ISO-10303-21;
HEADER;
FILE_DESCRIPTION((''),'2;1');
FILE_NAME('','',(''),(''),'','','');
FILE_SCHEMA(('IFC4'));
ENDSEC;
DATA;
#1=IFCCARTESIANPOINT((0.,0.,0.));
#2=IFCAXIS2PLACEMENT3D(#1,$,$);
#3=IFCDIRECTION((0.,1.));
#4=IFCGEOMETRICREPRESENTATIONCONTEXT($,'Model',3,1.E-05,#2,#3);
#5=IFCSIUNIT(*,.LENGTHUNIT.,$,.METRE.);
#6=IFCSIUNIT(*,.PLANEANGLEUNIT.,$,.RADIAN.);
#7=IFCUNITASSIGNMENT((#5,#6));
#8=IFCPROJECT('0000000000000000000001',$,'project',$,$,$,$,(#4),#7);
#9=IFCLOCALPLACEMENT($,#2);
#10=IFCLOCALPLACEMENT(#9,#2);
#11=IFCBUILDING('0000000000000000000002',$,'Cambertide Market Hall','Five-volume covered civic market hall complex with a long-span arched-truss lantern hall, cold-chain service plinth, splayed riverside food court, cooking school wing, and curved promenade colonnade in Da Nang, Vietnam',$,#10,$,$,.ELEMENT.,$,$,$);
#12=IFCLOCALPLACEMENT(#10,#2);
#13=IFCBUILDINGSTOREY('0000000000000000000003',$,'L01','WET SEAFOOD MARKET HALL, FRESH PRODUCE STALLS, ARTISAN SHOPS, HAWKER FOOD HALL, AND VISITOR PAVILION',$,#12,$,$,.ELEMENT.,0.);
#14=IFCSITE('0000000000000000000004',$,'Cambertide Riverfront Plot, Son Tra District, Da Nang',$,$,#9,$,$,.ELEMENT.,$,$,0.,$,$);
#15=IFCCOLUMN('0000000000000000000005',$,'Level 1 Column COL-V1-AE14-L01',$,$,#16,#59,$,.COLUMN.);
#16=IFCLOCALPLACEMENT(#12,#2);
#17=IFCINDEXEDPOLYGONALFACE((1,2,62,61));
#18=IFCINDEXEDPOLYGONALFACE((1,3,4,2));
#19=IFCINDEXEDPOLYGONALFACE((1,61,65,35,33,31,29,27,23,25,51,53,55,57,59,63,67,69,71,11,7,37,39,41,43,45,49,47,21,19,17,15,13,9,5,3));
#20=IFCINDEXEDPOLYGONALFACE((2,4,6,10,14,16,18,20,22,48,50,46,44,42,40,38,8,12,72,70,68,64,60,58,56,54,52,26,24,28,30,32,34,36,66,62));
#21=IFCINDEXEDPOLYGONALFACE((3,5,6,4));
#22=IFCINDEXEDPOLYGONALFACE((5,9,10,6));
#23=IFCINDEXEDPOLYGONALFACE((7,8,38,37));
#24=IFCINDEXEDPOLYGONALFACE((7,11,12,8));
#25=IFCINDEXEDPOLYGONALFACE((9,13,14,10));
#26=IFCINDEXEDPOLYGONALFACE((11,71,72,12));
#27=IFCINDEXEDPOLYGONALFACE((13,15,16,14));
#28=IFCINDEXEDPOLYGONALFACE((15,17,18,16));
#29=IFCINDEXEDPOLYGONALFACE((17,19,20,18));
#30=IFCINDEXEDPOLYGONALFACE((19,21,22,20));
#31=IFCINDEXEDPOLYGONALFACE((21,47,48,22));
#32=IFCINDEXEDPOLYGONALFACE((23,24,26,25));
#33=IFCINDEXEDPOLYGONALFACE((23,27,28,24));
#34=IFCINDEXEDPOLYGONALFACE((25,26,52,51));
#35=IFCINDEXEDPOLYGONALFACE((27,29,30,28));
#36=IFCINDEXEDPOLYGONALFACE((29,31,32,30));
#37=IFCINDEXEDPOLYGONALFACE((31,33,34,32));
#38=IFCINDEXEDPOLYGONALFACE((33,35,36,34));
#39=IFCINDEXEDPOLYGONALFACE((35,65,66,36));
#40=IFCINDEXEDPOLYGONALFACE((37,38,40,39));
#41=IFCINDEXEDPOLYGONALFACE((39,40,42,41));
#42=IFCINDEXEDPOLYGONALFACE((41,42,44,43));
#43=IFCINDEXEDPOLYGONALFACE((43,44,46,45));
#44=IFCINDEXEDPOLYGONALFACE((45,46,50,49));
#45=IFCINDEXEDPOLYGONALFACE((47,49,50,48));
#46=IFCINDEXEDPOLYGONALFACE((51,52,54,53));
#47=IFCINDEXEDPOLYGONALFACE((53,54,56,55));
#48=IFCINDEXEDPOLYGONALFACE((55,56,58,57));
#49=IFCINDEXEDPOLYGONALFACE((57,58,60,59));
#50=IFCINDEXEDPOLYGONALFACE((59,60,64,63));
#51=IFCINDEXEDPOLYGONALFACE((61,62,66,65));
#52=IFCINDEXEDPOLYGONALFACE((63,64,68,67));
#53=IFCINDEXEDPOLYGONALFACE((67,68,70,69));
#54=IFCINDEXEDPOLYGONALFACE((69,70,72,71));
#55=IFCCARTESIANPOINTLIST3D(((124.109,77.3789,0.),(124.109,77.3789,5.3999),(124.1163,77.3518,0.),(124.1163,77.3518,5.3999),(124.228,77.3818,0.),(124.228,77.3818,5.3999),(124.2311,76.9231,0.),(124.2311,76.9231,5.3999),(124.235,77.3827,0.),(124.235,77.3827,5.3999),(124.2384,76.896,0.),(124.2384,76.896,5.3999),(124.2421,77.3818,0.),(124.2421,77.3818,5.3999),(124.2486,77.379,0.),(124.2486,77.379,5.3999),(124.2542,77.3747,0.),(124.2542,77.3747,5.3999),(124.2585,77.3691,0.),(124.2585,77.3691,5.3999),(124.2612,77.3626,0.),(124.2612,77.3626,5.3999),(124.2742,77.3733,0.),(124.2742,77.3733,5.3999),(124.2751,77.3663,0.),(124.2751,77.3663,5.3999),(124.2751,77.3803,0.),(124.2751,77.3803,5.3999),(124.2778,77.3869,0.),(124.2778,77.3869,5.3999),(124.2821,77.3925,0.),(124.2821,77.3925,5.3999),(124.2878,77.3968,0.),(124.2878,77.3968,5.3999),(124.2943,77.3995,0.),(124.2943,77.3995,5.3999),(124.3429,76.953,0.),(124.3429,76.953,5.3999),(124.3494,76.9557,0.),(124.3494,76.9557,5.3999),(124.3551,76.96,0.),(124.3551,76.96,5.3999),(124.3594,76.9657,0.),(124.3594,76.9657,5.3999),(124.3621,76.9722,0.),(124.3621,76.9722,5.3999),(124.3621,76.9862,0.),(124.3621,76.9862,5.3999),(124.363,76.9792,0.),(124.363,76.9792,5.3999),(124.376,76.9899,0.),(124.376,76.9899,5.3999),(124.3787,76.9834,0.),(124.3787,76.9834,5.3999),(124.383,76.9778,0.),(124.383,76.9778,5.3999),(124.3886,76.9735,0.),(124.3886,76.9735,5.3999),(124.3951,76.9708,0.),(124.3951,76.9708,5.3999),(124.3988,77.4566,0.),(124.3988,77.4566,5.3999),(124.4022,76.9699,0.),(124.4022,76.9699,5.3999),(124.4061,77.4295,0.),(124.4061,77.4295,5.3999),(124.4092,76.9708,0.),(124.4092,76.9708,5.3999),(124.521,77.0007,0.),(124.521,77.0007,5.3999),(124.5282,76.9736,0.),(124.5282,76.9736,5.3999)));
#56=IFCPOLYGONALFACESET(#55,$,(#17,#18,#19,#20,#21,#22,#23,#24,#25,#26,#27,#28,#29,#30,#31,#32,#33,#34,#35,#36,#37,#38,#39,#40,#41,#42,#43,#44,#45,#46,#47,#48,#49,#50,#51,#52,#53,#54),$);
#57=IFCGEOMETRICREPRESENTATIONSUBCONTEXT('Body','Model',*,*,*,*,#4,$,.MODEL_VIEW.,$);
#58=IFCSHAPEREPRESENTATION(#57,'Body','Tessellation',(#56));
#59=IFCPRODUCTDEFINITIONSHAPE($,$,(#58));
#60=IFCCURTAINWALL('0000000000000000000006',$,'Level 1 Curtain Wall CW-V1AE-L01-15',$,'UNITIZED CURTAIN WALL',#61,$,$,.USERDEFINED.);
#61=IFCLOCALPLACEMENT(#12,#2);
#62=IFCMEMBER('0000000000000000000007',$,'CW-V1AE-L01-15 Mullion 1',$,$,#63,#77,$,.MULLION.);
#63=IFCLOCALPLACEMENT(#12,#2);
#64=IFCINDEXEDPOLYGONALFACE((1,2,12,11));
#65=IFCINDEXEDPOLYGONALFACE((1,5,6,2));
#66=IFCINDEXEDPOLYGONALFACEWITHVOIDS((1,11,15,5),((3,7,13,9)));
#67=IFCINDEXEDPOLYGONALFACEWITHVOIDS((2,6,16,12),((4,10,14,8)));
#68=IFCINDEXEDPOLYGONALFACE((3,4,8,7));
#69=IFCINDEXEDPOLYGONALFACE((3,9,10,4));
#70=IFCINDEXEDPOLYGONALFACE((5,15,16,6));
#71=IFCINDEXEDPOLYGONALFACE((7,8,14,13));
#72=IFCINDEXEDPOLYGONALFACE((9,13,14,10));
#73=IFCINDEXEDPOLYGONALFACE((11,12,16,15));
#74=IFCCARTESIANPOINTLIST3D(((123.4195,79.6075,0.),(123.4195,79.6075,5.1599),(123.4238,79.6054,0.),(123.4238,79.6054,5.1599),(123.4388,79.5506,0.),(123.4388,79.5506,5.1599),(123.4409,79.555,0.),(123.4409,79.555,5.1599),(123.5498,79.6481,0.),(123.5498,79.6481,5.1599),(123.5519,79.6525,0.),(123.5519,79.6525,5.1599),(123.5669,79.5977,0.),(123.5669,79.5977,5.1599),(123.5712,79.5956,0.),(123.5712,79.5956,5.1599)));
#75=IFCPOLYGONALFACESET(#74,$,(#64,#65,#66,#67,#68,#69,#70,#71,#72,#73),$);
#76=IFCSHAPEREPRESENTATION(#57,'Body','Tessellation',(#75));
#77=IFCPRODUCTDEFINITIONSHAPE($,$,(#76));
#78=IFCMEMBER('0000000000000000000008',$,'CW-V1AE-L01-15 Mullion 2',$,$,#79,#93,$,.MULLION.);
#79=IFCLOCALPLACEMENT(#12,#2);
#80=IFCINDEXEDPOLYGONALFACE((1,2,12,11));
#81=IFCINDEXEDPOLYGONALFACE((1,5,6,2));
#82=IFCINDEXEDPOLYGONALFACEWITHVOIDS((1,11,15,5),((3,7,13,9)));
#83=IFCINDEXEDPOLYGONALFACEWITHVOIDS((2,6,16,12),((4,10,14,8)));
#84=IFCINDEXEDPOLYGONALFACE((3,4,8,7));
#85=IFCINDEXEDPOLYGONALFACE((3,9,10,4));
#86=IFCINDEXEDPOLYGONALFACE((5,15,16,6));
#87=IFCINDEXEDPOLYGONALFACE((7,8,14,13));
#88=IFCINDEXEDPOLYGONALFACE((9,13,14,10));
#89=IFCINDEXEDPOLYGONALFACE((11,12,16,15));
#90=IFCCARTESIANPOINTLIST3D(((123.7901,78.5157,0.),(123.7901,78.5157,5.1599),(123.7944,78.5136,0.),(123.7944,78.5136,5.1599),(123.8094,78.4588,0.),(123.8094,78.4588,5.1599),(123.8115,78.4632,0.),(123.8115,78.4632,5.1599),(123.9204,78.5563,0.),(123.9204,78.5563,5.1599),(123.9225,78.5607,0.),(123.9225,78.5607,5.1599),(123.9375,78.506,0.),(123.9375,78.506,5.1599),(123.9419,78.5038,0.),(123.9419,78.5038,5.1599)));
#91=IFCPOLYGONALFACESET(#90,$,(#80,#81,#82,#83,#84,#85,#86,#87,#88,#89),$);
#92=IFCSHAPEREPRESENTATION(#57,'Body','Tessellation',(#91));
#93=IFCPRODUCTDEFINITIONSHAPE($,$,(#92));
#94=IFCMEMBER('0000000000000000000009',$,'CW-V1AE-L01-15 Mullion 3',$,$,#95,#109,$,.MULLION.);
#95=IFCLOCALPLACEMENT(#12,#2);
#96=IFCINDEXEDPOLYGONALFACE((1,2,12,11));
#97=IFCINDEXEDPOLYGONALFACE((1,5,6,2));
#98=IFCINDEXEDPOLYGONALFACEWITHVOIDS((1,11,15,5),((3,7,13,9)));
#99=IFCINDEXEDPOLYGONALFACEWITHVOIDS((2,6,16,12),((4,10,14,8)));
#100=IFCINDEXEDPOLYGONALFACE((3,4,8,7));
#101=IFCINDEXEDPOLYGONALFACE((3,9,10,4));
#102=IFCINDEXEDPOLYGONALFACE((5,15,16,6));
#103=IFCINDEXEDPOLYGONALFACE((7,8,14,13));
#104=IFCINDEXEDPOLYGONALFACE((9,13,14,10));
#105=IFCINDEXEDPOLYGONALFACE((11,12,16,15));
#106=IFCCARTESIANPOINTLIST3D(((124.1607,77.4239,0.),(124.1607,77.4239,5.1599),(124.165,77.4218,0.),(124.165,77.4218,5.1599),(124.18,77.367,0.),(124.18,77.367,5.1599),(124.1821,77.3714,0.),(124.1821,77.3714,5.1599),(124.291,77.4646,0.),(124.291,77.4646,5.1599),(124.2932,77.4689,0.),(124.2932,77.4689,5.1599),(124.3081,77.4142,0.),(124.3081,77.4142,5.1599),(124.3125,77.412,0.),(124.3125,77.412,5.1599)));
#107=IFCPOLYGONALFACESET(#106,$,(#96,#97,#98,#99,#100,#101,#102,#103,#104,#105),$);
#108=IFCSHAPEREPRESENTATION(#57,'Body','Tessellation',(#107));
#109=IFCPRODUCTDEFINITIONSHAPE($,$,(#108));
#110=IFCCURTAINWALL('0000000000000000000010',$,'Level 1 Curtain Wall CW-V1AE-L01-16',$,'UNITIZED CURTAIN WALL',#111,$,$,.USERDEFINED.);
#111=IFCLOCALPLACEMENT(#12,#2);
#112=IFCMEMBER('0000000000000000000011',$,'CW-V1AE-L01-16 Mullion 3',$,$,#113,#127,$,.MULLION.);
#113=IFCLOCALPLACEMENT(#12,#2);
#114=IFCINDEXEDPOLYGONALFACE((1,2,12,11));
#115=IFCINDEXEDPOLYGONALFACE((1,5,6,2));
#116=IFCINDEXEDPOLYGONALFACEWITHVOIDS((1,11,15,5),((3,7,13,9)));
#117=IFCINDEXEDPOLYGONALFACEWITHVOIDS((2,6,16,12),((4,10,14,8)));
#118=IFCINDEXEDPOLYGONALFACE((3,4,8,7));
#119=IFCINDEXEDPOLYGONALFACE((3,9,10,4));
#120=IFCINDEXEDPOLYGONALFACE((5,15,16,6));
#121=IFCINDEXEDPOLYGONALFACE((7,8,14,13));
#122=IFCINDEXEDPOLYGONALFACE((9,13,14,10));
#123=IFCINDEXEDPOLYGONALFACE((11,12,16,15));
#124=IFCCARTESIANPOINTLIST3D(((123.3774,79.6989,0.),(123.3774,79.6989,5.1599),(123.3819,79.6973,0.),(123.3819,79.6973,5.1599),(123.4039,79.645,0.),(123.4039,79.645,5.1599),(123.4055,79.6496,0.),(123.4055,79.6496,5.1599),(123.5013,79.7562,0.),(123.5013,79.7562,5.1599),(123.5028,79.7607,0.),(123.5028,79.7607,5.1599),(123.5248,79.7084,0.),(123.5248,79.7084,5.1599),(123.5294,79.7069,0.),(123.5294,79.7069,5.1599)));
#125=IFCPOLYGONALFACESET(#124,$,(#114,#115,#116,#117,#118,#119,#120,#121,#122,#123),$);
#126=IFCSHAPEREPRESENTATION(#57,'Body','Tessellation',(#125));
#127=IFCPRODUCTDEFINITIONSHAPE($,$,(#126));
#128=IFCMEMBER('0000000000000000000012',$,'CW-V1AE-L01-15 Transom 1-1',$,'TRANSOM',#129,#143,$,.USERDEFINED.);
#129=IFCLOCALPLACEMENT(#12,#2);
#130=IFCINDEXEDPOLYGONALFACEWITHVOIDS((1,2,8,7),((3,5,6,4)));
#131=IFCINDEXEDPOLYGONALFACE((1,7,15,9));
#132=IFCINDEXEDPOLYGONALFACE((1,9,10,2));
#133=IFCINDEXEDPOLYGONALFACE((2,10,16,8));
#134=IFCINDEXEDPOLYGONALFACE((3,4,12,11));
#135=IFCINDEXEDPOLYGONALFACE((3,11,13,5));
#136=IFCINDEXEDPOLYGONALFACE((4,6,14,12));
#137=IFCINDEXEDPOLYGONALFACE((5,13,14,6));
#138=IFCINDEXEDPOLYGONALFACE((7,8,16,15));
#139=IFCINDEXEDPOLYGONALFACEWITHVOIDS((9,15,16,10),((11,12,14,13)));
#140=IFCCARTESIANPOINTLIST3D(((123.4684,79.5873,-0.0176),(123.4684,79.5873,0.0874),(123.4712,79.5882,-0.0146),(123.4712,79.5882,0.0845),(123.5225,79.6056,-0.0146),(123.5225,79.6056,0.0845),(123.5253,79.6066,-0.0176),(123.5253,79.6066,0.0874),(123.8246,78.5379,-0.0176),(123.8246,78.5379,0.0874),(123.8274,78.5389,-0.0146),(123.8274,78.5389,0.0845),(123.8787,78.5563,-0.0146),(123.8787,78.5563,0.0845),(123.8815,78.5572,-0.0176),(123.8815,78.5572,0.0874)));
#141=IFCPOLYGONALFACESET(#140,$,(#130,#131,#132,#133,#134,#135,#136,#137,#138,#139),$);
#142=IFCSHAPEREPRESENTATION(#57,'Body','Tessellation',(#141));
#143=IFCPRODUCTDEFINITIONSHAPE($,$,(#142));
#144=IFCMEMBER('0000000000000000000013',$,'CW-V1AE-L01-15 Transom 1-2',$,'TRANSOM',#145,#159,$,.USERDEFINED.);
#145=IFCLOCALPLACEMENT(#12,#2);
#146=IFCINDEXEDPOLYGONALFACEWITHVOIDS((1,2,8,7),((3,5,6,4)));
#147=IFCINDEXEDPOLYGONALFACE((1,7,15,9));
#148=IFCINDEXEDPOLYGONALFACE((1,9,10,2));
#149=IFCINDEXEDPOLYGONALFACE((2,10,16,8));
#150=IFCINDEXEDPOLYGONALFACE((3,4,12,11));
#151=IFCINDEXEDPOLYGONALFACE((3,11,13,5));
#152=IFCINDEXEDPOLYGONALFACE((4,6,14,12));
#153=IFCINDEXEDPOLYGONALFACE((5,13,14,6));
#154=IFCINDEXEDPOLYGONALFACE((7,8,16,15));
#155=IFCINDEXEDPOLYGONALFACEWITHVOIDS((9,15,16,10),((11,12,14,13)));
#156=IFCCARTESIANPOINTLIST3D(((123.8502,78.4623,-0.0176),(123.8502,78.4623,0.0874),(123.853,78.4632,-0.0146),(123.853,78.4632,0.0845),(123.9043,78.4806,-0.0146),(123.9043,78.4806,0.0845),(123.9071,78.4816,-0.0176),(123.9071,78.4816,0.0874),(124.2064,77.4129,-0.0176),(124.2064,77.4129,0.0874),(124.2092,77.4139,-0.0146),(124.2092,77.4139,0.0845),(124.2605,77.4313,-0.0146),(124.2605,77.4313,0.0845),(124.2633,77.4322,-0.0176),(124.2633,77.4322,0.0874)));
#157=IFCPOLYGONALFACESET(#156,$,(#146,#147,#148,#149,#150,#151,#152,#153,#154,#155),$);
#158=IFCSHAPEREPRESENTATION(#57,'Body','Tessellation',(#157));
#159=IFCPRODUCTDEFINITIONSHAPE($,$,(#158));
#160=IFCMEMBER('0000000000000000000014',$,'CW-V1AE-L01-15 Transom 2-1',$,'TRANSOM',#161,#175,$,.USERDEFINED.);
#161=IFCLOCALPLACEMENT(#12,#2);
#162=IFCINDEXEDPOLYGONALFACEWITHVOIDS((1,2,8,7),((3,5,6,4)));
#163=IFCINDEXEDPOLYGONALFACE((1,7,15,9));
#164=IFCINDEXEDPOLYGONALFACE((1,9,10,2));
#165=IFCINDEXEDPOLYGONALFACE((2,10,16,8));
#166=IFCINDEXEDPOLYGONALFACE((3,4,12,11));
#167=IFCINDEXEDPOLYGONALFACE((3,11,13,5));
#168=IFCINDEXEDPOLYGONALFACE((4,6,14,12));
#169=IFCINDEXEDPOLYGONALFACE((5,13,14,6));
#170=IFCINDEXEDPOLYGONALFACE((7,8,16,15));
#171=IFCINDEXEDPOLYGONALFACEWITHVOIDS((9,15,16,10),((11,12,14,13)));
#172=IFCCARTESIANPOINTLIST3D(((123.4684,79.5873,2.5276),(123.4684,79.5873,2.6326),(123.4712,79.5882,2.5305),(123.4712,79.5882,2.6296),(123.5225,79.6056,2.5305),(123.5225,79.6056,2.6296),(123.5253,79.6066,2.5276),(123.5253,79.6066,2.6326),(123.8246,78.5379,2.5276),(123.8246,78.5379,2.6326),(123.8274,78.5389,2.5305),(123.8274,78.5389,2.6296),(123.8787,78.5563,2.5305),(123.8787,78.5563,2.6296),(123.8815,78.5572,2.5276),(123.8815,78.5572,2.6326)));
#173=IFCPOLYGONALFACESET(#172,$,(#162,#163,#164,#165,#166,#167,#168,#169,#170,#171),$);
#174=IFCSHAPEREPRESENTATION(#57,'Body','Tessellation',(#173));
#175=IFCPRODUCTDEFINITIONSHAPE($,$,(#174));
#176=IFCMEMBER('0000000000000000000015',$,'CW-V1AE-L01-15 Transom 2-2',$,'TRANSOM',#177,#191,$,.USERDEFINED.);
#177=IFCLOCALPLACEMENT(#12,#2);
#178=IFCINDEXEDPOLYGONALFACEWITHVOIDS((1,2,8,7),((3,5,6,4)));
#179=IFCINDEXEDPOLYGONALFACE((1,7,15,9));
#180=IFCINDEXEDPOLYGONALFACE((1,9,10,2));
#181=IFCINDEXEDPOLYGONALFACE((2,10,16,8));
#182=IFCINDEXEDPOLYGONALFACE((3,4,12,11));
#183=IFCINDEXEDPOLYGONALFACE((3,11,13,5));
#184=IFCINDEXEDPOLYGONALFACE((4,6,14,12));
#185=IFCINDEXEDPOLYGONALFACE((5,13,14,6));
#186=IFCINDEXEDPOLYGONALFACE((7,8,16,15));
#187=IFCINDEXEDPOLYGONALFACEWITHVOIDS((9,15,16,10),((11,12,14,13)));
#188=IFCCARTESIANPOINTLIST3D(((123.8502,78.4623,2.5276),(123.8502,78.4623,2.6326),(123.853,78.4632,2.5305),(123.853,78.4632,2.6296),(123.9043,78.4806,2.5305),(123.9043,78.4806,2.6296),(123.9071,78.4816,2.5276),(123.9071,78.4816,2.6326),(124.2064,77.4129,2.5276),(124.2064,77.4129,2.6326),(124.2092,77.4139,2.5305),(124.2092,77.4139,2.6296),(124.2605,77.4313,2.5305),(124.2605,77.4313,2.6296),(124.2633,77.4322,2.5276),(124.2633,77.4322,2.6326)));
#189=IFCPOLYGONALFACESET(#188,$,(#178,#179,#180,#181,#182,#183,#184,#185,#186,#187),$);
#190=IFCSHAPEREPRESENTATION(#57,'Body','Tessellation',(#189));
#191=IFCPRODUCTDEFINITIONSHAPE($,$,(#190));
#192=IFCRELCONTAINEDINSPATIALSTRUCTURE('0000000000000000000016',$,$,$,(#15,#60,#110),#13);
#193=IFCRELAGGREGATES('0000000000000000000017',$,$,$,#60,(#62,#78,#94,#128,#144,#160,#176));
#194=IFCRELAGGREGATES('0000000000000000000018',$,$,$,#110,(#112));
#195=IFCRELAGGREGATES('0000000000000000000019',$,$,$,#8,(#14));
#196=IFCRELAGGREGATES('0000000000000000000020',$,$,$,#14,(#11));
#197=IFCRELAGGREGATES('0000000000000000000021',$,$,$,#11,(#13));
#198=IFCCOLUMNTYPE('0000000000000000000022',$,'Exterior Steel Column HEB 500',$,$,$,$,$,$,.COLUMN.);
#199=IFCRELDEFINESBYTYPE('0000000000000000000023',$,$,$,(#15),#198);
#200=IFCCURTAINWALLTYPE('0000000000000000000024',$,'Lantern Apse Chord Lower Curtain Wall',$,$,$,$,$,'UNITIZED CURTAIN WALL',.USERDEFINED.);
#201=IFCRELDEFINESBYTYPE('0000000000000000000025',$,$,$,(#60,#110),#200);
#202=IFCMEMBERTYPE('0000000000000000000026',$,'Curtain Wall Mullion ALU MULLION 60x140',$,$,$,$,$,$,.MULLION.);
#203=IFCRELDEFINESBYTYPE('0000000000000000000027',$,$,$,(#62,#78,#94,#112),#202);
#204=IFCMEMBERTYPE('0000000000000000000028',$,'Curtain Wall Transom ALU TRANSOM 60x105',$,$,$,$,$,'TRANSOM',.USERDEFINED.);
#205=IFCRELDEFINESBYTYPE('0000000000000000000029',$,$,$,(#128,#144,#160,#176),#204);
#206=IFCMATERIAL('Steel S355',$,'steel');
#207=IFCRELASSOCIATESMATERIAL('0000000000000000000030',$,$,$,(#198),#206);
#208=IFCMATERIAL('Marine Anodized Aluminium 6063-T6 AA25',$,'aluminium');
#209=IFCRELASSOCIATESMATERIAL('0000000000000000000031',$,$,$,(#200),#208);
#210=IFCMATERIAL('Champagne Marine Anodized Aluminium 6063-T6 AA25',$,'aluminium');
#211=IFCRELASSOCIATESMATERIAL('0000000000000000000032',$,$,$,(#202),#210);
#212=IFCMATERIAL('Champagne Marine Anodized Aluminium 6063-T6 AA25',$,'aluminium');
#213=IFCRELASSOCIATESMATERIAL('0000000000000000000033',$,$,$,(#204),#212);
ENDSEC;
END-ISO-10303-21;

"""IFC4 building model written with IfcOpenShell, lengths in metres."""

from ifc_helpers import new_model, si_unit, direction, frame, origin, origin_2d, place, context, subcontext, project, spatial, hollow_rectangle, i_section, extrude, material, material_profile, profile_set, type_object, element, aggregate, save


model = new_model("IFC4")

# Units and contexts
model_context = context("Model", 3, precision=1e-05, world=origin(), true_north=direction((0.0, 1.0)))
body_context = subcontext(model_context, "Body", "Model", "MODEL_VIEW")
ifc_project = project(units=[si_unit("LENGTHUNIT", "METRE"), si_unit("PLANEANGLEUNIT", "RADIAN")], contexts=[model_context])

# Site, building, storey
site_placement = place(None, origin())
site = spatial("IfcSite", under=ifc_project, at=site_placement, Name="Cambertide Riverfront Plot, Son Tra District, Da Nang", CompositionType="ELEMENT", RefElevation=0.0)
building_placement = place(site_placement, origin())
building = spatial("IfcBuilding", under=site, at=building_placement, Name="Cambertide Market Hall", Description="Five-volume covered civic market hall complex with a long-span arched-truss lantern hall, cold-chain service plinth, splayed riverside food court, cooking school wing, and curved promenade colonnade in Da Nang, Vietnam", CompositionType="ELEMENT")
storey_placement = place(building_placement, origin())
storey = spatial("IfcBuildingStorey", under=building, at=storey_placement, Name="L01", Description="WET SEAFOOD MARKET HALL, FRESH PRODUCE STALLS, ARTISAN SHOPS, HAWKER FOOD HALL, AND VISITOR PAVILION", CompositionType="ELEMENT", Elevation=0.0)

# Column
ifc_material_1 = material(Name="Steel S355", Category="steel")
ifc_material_profile_1 = material_profile(ifc_material_1, i_section(OverallWidth=0.3, OverallDepth=0.5, WebThickness=0.0144, FlangeThickness=0.0281, FilletRadius=0.0271, at=origin_2d()), Name="HEB 500")
ifc_profile_set_1 = profile_set([ifc_material_profile_1], Name="Steel S355")
column_type = type_object("IfcColumnType", Name="Exterior Steel Column HEB 500", PredefinedType="COLUMN", material=ifc_profile_set_1)
column_placement = place(storey_placement, frame((124.3186, 77.1763, 0.0), z_axis=(0.0, 0.0, 1.0), x_axis=(0.965926, 0.258819, 0.0)))
element("IfcColumn", 1, at=column_placement, inside=storey, type_object=column_type, Name="Level 1 Column COL-V1-AE14-L01", PredefinedType="COLUMN", context=body_context, shape_type="SweptSolid", body=[
    extrude(i_section(OverallWidth=0.3, OverallDepth=0.5, WebThickness=0.0144, FlangeThickness=0.0281, FilletRadius=0.0271, at=origin_2d()), origin(), (0.0, 0.0, 1.0), 5.3999),
])

# Curtain wall, members
ifc_material_2 = material(Name="Marine Anodized Aluminium 6063-T6 AA25", Category="aluminium")
curtain_wall_type = type_object("IfcCurtainWallType", Name="Lantern Apse Chord Lower Curtain Wall", ElementType="UNITIZED CURTAIN WALL", PredefinedType="USERDEFINED", material=ifc_material_2)
curtain_wall_1_placement = place(storey_placement, origin())
curtain_wall_1 = element("IfcCurtainWall", 2, at=curtain_wall_1_placement, inside=storey, type_object=curtain_wall_type, Name="Level 1 Curtain Wall CW-V1AE-L01-15", ObjectType="UNITIZED CURTAIN WALL", PredefinedType="USERDEFINED")
ifc_material_3 = material(Name="Champagne Marine Anodized Aluminium 6063-T6 AA25", Category="aluminium")
ifc_material_profile_2 = material_profile(ifc_material_3, hollow_rectangle(XDim=0.0601, YDim=0.1399, WallThickness=0.0034, at=origin_2d()), Name="ALU MULLION 60x140")
ifc_profile_set_2 = profile_set([ifc_material_profile_2], Name="Champagne Marine Anodized Aluminium 6063-T6 AA25")
member_type_1 = type_object("IfcMemberType", Name="Curtain Wall Mullion ALU MULLION 60x140", PredefinedType="MULLION", material=ifc_profile_set_2)
member_1_placement = place(storey_placement, frame((123.4954, 79.6016, 0.0), z_axis=(0.0, 0.0, 1.0), x_axis=(0.321439, -0.94693, 0.0)))
member_1 = element("IfcMember", 3, at=member_1_placement, type_object=member_type_1, Name="CW-V1AE-L01-15 Mullion 1", PredefinedType="MULLION", context=body_context, shape_type="SweptSolid", body=[
    extrude(hollow_rectangle(XDim=0.0601, YDim=0.1399, WallThickness=0.0034, at=origin_2d()), origin(), (0.0, 0.0, 1.0), 5.1599),
])
member_2_placement = place(storey_placement, frame((123.866, 78.5098, 0.0), z_axis=(0.0, 0.0, 1.0), x_axis=(0.321439, -0.94693, 0.0)))
member_2 = element("IfcMember", 4, at=member_2_placement, type_object=member_type_1, Name="CW-V1AE-L01-15 Mullion 2", PredefinedType="MULLION", context=body_context, shape_type="SweptSolid", body=[
    extrude(hollow_rectangle(XDim=0.0601, YDim=0.1399, WallThickness=0.0034, at=origin_2d()), origin(), (0.0, 0.0, 1.0), 5.1599),
])
member_3_placement = place(storey_placement, frame((124.2366, 77.418, 0.0), z_axis=(0.0, 0.0, 1.0), x_axis=(0.321439, -0.94693, 0.0)))
member_3 = element("IfcMember", 5, at=member_3_placement, type_object=member_type_1, Name="CW-V1AE-L01-15 Mullion 3", PredefinedType="MULLION", context=body_context, shape_type="SweptSolid", body=[
    extrude(hollow_rectangle(XDim=0.0601, YDim=0.1399, WallThickness=0.0034, at=origin_2d()), origin(), (0.0, 0.0, 1.0), 5.1599),
])

# Curtain wall, member
curtain_wall_2_placement = place(storey_placement, origin())
curtain_wall_2 = element("IfcCurtainWall", 6, at=curtain_wall_2_placement, inside=storey, type_object=curtain_wall_type, Name="Level 1 Curtain Wall CW-V1AE-L01-16", ObjectType="UNITIZED CURTAIN WALL", PredefinedType="USERDEFINED")
member_4_placement = place(storey_placement, frame((123.4534, 79.7029, 0.0), z_axis=(0.0, 0.0, 1.0), x_axis=(0.442289, -0.896873, 0.0)))
member_4 = element("IfcMember", 7, at=member_4_placement, type_object=member_type_1, Name="CW-V1AE-L01-16 Mullion 3", PredefinedType="MULLION", context=body_context, shape_type="SweptSolid", body=[
    extrude(hollow_rectangle(XDim=0.0601, YDim=0.1399, WallThickness=0.0034, at=origin_2d()), origin(), (0.0, 0.0, 1.0), 5.1599),
])

# Members
ifc_material_4 = material(Name="Champagne Marine Anodized Aluminium 6063-T6 AA25", Category="aluminium")
ifc_material_profile_3 = material_profile(ifc_material_4, hollow_rectangle(XDim=0.0601, YDim=0.105, WallThickness=0.0029, at=origin_2d()), Name="ALU TRANSOM 60x105")
ifc_profile_set_3 = profile_set([ifc_material_profile_3], Name="Champagne Marine Anodized Aluminium 6063-T6 AA25")
member_type_2 = type_object("IfcMemberType", Name="Curtain Wall Transom ALU TRANSOM 60x105", ElementType="TRANSOM", PredefinedType="USERDEFINED", material=ifc_profile_set_3)
member_5_placement = place(storey_placement, frame((123.4968, 79.5969, 0.0349), z_axis=(0.321445, -0.946928, 0.0), x_axis=(0.946928, 0.321445, 0.0)))
member_5 = element("IfcMember", 8, at=member_5_placement, type_object=member_type_2, Name="CW-V1AE-L01-15 Transom 1-1", ObjectType="TRANSOM", PredefinedType="USERDEFINED", context=body_context, shape_type="SweptSolid", body=[
    extrude(hollow_rectangle(XDim=0.0601, YDim=0.105, WallThickness=0.0029, at=origin_2d()), origin(), (0.0, 0.0, 1.0), 1.1082),
])
member_6_placement = place(storey_placement, frame((123.8787, 78.4719, 0.0349), z_axis=(0.321445, -0.946928, 0.0), x_axis=(0.946928, 0.321445, 0.0)))
member_6 = element("IfcMember", 9, at=member_6_placement, type_object=member_type_2, Name="CW-V1AE-L01-15 Transom 1-2", ObjectType="TRANSOM", PredefinedType="USERDEFINED", context=body_context, shape_type="SweptSolid", body=[
    extrude(hollow_rectangle(XDim=0.0601, YDim=0.105, WallThickness=0.0029, at=origin_2d()), origin(), (0.0, 0.0, 1.0), 1.1082),
])
member_7_placement = place(storey_placement, frame((123.4968, 79.5969, 2.5801), z_axis=(0.321445, -0.946928, 0.0), x_axis=(0.946928, 0.321445, 0.0)))
member_7 = element("IfcMember", 10, at=member_7_placement, type_object=member_type_2, Name="CW-V1AE-L01-15 Transom 2-1", ObjectType="TRANSOM", PredefinedType="USERDEFINED", context=body_context, shape_type="SweptSolid", body=[
    extrude(hollow_rectangle(XDim=0.0601, YDim=0.105, WallThickness=0.0029, at=origin_2d()), origin(), (0.0, 0.0, 1.0), 1.1082),
])
member_8_placement = place(storey_placement, frame((123.8787, 78.4719, 2.5801), z_axis=(0.321445, -0.946928, 0.0), x_axis=(0.946928, 0.321445, 0.0)))
member_8 = element("IfcMember", 11, at=member_8_placement, type_object=member_type_2, Name="CW-V1AE-L01-15 Transom 2-2", ObjectType="TRANSOM", PredefinedType="USERDEFINED", context=body_context, shape_type="SweptSolid", body=[
    extrude(hollow_rectangle(XDim=0.0601, YDim=0.105, WallThickness=0.0029, at=origin_2d()), origin(), (0.0, 0.0, 1.0), 1.1082),
])

aggregate(curtain_wall_1, [member_1, member_2, member_3, member_5, member_6, member_7, member_8])
aggregate(curtain_wall_2, [member_4])

save(model, "model.ifc")
